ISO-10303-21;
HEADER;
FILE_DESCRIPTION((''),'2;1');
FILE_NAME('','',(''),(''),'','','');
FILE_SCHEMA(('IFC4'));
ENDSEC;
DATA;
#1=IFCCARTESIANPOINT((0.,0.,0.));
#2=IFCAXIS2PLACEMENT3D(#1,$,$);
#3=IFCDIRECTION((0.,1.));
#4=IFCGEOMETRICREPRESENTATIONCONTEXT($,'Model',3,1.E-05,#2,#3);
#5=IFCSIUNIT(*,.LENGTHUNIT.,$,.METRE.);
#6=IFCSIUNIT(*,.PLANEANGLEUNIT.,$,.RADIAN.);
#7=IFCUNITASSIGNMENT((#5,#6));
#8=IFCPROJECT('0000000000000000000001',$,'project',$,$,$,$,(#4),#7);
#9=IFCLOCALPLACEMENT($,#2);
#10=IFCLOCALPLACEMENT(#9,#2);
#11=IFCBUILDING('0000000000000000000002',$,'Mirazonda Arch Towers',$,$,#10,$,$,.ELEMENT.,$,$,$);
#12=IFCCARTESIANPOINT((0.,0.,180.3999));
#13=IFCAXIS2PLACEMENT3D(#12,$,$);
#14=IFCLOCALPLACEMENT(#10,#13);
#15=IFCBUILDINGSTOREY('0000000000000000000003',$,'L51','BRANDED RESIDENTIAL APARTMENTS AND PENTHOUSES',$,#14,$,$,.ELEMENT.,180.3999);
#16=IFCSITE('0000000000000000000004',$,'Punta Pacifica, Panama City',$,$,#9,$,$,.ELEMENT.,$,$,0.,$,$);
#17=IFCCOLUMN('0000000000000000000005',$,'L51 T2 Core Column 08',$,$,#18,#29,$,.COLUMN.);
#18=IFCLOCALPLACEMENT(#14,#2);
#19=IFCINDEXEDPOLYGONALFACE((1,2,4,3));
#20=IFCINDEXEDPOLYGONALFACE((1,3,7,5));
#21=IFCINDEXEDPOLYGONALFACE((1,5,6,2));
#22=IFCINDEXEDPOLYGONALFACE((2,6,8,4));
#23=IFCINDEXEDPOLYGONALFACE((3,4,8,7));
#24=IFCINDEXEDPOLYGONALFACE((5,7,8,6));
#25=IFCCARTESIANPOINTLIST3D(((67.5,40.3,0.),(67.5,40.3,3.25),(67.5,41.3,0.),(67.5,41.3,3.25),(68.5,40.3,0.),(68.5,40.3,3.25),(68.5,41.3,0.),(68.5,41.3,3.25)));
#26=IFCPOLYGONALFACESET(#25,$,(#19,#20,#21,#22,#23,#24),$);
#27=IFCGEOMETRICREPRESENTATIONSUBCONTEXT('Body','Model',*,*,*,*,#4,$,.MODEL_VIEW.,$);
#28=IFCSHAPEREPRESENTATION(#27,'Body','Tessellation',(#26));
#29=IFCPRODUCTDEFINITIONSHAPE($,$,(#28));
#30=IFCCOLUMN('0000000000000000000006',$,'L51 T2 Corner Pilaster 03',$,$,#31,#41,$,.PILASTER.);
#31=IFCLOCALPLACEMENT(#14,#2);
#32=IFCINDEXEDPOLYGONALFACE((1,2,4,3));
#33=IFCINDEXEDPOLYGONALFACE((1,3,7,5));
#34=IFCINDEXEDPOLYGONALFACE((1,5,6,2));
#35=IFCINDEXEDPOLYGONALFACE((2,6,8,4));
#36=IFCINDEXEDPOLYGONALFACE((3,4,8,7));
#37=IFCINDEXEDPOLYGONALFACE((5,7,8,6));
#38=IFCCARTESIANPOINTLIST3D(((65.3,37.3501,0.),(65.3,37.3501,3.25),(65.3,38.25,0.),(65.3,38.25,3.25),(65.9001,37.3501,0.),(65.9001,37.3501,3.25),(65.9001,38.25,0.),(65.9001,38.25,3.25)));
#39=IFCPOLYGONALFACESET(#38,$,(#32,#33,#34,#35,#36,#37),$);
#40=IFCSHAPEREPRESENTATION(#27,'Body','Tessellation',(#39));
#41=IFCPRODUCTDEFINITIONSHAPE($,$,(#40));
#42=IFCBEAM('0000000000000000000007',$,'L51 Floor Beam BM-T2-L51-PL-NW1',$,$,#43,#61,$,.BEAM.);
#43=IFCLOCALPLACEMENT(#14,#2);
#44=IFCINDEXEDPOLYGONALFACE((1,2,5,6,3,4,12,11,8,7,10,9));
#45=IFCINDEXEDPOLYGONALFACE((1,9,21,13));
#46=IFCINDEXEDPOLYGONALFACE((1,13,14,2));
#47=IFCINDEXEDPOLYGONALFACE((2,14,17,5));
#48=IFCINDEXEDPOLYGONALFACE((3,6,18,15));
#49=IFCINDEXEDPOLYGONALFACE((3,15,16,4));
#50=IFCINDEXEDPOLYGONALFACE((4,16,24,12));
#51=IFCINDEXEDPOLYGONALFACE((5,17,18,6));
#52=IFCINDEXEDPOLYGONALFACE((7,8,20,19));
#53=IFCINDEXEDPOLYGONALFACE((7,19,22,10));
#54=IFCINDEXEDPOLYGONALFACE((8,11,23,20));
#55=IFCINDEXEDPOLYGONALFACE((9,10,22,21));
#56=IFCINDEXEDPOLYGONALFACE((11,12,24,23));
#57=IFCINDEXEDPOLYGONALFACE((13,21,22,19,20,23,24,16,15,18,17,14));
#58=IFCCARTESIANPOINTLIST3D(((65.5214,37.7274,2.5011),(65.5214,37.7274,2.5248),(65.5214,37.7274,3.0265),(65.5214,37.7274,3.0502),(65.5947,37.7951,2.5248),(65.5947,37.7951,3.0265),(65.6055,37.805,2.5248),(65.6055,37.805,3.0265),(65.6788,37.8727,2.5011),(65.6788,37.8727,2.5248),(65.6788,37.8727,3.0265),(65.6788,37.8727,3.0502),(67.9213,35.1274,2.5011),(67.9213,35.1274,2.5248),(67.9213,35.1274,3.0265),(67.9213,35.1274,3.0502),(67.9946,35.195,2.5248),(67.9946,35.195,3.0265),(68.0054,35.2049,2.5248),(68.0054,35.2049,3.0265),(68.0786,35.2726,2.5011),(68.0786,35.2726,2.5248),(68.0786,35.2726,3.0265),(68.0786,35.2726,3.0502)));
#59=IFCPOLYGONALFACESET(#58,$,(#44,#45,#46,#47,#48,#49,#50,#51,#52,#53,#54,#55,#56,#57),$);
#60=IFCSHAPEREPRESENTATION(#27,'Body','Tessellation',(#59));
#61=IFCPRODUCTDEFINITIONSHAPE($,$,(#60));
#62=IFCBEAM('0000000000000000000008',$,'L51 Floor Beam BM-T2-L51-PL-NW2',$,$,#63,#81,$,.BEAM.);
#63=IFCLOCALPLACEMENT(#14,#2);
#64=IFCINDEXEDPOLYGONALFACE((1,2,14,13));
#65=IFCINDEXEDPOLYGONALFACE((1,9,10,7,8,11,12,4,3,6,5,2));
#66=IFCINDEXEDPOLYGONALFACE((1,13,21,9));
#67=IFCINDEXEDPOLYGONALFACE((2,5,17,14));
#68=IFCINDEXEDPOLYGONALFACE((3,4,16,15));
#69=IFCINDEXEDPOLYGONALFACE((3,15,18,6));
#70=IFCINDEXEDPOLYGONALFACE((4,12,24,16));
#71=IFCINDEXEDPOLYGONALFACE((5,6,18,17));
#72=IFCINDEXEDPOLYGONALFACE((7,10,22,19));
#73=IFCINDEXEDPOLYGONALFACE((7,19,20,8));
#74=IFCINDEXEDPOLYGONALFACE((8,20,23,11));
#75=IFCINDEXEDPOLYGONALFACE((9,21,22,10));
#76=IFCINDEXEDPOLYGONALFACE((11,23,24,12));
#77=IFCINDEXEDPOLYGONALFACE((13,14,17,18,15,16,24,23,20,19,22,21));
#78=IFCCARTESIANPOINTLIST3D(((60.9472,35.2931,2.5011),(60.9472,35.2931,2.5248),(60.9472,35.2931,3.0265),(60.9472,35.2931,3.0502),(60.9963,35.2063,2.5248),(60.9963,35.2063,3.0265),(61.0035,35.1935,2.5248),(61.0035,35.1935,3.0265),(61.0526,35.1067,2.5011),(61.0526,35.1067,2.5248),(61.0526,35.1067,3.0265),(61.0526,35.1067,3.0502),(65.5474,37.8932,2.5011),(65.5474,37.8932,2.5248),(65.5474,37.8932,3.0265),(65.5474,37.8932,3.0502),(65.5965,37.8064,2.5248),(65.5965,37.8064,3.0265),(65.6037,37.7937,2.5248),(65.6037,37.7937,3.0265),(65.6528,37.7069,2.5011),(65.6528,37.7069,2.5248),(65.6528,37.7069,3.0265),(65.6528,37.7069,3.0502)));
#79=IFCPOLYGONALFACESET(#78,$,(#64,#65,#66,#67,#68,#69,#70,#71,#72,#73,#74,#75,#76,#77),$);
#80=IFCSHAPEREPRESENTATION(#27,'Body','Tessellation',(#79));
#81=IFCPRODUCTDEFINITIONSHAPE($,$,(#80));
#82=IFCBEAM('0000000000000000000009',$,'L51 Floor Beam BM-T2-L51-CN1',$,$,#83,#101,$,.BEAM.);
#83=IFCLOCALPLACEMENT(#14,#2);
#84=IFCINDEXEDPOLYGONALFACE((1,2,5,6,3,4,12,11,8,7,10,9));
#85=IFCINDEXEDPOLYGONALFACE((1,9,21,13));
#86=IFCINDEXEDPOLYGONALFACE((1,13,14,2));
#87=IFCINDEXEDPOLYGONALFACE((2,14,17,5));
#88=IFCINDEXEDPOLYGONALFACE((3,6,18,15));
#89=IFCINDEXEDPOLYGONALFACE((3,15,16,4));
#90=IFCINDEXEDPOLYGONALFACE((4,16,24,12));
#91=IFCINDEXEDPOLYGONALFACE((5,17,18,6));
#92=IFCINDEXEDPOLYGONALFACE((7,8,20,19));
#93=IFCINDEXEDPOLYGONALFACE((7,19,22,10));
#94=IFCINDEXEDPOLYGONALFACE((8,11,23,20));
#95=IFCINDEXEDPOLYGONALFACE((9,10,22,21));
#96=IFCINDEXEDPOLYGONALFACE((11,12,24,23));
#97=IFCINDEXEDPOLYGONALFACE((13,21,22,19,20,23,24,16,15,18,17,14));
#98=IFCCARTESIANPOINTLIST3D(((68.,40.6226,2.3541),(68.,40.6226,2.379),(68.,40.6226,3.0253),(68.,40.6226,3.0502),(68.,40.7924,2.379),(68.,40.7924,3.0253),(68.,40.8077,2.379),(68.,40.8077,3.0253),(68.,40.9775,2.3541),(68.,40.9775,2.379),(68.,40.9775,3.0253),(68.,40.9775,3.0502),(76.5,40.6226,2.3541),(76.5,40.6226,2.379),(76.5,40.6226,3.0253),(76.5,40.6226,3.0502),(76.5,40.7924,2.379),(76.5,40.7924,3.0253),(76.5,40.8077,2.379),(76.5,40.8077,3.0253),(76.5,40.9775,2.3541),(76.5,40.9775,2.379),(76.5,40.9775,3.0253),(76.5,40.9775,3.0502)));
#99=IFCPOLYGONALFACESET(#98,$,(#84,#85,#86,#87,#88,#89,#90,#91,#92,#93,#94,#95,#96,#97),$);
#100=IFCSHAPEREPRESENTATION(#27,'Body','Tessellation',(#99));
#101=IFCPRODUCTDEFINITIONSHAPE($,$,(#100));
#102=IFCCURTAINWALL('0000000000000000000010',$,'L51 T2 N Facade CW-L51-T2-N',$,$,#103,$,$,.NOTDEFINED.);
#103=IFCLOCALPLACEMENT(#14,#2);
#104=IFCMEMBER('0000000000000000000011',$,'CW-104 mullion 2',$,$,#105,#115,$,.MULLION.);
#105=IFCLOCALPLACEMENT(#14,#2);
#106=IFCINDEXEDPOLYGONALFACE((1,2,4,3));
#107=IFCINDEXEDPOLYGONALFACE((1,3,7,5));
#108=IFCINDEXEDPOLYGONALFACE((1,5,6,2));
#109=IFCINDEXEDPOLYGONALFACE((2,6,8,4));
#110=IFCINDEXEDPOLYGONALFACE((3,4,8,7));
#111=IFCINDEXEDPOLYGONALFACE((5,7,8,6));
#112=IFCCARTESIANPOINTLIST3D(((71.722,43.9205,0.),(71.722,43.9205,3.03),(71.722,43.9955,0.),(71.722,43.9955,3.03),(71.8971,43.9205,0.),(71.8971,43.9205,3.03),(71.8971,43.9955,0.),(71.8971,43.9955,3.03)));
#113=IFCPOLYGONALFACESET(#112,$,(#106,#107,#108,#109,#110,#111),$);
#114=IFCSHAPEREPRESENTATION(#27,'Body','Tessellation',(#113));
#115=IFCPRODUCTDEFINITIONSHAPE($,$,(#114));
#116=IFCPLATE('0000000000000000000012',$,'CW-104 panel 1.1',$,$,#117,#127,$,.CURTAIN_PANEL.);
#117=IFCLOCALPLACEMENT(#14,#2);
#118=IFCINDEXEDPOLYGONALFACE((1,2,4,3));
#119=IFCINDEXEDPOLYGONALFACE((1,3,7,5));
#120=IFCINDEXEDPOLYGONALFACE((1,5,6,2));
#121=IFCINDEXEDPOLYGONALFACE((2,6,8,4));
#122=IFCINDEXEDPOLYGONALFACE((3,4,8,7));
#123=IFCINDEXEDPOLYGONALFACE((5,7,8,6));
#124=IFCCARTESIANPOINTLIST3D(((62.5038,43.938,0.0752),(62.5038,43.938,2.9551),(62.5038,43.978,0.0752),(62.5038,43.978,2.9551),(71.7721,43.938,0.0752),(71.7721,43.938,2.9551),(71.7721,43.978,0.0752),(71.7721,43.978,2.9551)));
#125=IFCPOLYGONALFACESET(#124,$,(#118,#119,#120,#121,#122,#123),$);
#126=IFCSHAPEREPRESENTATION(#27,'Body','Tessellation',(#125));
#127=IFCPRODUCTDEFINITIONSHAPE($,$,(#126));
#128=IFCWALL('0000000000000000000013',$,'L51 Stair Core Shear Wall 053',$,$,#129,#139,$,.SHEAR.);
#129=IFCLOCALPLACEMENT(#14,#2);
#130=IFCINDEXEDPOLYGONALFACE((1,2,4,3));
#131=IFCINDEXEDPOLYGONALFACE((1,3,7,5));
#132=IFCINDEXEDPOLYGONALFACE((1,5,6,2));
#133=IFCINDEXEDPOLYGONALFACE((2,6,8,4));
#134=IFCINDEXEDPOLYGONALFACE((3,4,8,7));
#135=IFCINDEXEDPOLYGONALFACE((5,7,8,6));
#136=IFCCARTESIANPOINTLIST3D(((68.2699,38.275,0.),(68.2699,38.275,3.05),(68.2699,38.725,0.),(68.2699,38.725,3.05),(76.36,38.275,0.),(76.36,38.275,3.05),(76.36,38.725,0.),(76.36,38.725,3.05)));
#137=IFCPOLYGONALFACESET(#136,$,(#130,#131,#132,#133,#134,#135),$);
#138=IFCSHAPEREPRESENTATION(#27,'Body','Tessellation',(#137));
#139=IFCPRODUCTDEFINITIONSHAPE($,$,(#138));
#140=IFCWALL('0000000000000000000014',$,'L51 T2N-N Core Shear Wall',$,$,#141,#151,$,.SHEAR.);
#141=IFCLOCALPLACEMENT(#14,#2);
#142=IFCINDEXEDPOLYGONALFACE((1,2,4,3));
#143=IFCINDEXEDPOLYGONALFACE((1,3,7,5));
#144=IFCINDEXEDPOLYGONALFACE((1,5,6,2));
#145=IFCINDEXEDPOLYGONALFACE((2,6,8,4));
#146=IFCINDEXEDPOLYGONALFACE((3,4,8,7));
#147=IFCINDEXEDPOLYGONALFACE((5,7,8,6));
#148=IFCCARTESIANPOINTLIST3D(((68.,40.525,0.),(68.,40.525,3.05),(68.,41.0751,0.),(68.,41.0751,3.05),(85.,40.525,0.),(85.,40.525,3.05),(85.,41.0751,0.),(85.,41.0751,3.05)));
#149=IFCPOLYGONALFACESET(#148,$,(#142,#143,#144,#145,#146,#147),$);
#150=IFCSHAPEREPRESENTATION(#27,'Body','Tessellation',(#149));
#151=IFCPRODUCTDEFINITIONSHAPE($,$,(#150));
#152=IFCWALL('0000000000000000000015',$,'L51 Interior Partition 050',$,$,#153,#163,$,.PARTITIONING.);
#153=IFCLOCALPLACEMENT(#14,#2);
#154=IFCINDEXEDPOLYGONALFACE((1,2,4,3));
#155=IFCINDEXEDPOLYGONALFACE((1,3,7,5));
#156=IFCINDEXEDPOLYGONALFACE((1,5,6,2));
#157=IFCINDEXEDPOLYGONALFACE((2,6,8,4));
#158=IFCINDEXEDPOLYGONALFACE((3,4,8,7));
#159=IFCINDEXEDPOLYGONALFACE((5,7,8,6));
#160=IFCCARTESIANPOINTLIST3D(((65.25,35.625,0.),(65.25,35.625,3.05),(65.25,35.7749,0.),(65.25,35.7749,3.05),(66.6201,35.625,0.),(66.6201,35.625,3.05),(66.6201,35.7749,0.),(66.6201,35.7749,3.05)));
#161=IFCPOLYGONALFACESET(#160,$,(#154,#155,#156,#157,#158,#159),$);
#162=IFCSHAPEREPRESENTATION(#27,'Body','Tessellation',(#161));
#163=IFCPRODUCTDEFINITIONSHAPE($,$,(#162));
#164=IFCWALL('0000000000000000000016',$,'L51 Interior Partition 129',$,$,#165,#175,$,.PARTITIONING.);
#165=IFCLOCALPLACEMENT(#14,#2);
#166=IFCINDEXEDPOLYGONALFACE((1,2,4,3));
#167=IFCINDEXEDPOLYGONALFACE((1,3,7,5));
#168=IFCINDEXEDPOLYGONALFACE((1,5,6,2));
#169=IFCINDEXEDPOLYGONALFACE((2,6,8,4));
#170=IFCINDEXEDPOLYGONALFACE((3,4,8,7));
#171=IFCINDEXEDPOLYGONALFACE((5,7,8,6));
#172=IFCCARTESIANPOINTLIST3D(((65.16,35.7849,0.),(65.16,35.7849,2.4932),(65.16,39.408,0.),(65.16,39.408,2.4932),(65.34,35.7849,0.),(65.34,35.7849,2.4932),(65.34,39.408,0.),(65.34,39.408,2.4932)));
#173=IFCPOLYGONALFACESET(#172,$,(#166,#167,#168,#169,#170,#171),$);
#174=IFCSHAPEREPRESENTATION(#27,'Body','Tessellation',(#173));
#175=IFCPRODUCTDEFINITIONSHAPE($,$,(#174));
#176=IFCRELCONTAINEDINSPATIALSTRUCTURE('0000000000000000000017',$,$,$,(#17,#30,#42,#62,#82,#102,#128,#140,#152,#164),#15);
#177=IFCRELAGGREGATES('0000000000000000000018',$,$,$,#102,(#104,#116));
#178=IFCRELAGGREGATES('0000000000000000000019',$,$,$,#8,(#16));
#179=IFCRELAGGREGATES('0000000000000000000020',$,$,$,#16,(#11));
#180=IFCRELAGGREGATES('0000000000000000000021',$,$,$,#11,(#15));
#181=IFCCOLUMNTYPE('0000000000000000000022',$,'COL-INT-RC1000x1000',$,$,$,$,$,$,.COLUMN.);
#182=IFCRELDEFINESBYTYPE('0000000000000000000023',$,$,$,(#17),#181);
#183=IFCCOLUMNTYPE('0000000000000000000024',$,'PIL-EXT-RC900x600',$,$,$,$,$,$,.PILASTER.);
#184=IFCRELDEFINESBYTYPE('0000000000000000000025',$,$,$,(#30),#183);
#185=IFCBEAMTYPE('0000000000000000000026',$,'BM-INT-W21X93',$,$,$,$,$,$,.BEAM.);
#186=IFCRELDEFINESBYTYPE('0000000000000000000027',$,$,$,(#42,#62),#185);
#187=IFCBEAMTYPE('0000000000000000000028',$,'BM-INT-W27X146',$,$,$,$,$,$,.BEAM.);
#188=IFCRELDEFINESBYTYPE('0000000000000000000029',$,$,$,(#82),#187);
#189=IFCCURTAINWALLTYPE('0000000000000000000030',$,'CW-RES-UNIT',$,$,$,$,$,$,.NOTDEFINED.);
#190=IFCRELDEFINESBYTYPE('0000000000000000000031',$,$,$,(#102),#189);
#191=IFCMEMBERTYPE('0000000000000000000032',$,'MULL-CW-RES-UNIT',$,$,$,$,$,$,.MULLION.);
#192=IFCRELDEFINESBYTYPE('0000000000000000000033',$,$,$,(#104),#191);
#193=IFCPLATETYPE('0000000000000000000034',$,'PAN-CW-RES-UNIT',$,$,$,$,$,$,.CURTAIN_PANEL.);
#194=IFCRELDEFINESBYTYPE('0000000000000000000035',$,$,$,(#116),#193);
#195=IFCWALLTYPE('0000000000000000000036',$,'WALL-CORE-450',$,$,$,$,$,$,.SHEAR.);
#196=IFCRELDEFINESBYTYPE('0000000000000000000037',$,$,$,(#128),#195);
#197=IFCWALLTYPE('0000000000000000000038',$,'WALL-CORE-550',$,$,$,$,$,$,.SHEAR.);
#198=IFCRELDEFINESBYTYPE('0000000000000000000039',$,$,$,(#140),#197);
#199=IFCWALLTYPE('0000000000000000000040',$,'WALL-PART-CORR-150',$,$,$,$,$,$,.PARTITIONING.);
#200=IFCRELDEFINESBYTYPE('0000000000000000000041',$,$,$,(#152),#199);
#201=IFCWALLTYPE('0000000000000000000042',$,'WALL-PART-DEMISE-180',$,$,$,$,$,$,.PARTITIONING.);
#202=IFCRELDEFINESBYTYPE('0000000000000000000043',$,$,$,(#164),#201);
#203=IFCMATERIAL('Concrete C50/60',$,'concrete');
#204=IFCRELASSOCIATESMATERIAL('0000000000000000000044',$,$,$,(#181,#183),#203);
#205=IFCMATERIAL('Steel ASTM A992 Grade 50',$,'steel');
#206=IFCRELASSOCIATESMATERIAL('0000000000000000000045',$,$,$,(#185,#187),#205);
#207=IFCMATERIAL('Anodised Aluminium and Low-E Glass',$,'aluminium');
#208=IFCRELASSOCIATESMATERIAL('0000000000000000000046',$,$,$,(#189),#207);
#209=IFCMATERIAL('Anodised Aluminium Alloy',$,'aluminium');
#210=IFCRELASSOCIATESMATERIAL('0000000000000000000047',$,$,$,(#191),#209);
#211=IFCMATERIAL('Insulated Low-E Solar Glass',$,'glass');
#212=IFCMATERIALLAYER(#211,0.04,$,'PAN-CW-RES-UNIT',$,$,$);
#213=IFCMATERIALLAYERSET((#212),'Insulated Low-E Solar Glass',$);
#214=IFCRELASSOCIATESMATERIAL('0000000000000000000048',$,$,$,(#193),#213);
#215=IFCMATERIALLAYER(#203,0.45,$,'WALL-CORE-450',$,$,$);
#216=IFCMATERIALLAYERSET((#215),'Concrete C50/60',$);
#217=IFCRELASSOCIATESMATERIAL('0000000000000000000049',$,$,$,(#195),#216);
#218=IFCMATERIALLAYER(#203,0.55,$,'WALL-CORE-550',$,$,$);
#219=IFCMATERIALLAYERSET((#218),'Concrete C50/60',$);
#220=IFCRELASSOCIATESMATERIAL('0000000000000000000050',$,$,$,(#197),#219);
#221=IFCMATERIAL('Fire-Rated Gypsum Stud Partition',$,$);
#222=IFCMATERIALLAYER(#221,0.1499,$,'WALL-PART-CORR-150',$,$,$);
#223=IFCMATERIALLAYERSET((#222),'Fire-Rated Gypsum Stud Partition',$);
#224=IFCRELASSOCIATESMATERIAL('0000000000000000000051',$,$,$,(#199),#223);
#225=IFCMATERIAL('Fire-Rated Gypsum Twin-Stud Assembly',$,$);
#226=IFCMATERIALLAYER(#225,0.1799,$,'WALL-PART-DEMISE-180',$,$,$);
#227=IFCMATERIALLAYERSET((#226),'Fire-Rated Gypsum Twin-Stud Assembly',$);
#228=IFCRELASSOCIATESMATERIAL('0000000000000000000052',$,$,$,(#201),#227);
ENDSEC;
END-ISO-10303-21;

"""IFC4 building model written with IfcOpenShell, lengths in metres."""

from ifc_helpers import new_model, si_unit, direction, frame, frame_2d, origin, origin_2d, place, context, subcontext, project, spatial, rectangle, i_section, extrude, material, layer, layer_set, material_profile, profile_set, type_object, element, aggregate, save


model = new_model("IFC4")

# Units and contexts
model_context = context("Model", 3, precision=1e-05, world=origin(), true_north=direction((0.0, 1.0)))
body_context = subcontext(model_context, "Body", "Model", "MODEL_VIEW")
ifc_project = project(units=[si_unit("LENGTHUNIT", "METRE"), si_unit("PLANEANGLEUNIT", "RADIAN")], contexts=[model_context])

# Site, building, storey
site_placement = place(None, origin())
site = spatial("IfcSite", under=ifc_project, at=site_placement, Name="Punta Pacifica, Panama City", CompositionType="ELEMENT", RefElevation=0.0)
building_placement = place(site_placement, origin())
building = spatial("IfcBuilding", under=site, at=building_placement, Name="Mirazonda Arch Towers", CompositionType="ELEMENT")
storey_placement = place(building_placement, frame((0.0, 0.0, 180.3999)))
storey = spatial("IfcBuildingStorey", under=building, at=storey_placement, Name="L51", Description="BRANDED RESIDENTIAL APARTMENTS AND PENTHOUSES", CompositionType="ELEMENT", Elevation=180.3999)

# Columns
ifc_material_1 = material(Name="Concrete C50/60", Category="concrete")
ifc_material_profile_1 = material_profile(ifc_material_1, rectangle(XDim=1.0, YDim=1.0, at=origin_2d()), Name="RC1000x1000")
ifc_profile_set_1 = profile_set([ifc_material_profile_1], Name="Concrete C50/60")
column_type_1 = type_object("IfcColumnType", Name="COL-INT-RC1000x1000", PredefinedType="COLUMN", material=ifc_profile_set_1)
column_1_placement = place(storey_placement, frame((68.0, 40.8, 0.0), z_axis=(0.0, 0.0, 1.0), x_axis=(1.0, 0.0, 0.0)))
element("IfcColumn", 1, at=column_1_placement, inside=storey, type_object=column_type_1, Name="L51 T2 Core Column 08", PredefinedType="COLUMN", context=body_context, shape_type="SweptSolid", body=[
    extrude(rectangle(XDim=1.0, YDim=1.0, at=origin_2d()), origin(), (0.0, 0.0, 1.0), 3.25),
])
ifc_material_profile_2 = material_profile(ifc_material_1, rectangle(XDim=0.6001, YDim=0.8999, at=origin_2d()), Name="RC900x600")
ifc_profile_set_2 = profile_set([ifc_material_profile_2], Name="Concrete C50/60")
column_type_2 = type_object("IfcColumnType", Name="PIL-EXT-RC900x600", PredefinedType="PILASTER", material=ifc_profile_set_2)
column_2_placement = place(storey_placement, frame((65.6001, 37.8, 0.0), z_axis=(0.0, 0.0, 1.0), x_axis=(1.0, 0.0, 0.0)))
element("IfcColumn", 2, at=column_2_placement, inside=storey, type_object=column_type_2, Name="L51 T2 Corner Pilaster 03", PredefinedType="PILASTER", context=body_context, shape_type="SweptSolid", body=[
    extrude(rectangle(XDim=0.6001, YDim=0.8999, at=origin_2d()), origin(), (0.0, 0.0, 1.0), 3.25),
])

# Beams
ifc_material_2 = material(Name="Steel ASTM A992 Grade 50", Category="steel")
ifc_material_profile_3 = material_profile(ifc_material_2, i_section(OverallWidth=0.2141, OverallDepth=0.5491, WebThickness=0.0146, FlangeThickness=0.0237, at=origin_2d()), Name="W21X93")
ifc_profile_set_3 = profile_set([ifc_material_profile_3], Name="Steel ASTM A992 Grade 50")
beam_type_1 = type_object("IfcBeamType", Name="BM-INT-W21X93", PredefinedType="BEAM", material=ifc_profile_set_3)
beam_1_placement = place(storey_placement, frame((65.6001, 37.8, 2.7756), z_axis=(0.678251, -0.73483, 0.0), x_axis=(0.73483, 0.678251, 0.0)))
element("IfcBeam", 3, at=beam_1_placement, inside=storey, type_object=beam_type_1, Name="L51 Floor Beam BM-T2-L51-PL-NW1", PredefinedType="BEAM", context=body_context, shape_type="SweptSolid", body=[
    extrude(i_section(OverallWidth=0.2141, OverallDepth=0.5491, WebThickness=0.0146, FlangeThickness=0.0237, at=origin_2d()), origin(), (0.0, 0.0, 1.0), 3.5383),
])
beam_2_placement = place(storey_placement, frame((65.6001, 37.8, 2.7756), z_axis=(-0.870559, -0.492063, 0.0), x_axis=(0.492063, -0.870559, 0.0)))
element("IfcBeam", 4, at=beam_2_placement, inside=storey, type_object=beam_type_1, Name="L51 Floor Beam BM-T2-L51-PL-NW2", PredefinedType="BEAM", context=body_context, shape_type="SweptSolid", body=[
    extrude(i_section(OverallWidth=0.2141, OverallDepth=0.5491, WebThickness=0.0146, FlangeThickness=0.0237, at=origin_2d()), origin(), (0.0, 0.0, 1.0), 5.2842),
])
ifc_material_profile_4 = material_profile(ifc_material_2, i_section(OverallWidth=0.355, OverallDepth=0.696, WebThickness=0.0154, FlangeThickness=0.0249, at=origin_2d()), Name="W27X146")
ifc_profile_set_4 = profile_set([ifc_material_profile_4], Name="Steel ASTM A992 Grade 50")
beam_type_2 = type_object("IfcBeamType", Name="BM-INT-W27X146", PredefinedType="BEAM", material=ifc_profile_set_4)
beam_3_placement = place(storey_placement, frame((68.0, 40.8, 2.7021), z_axis=(1.0, 0.0, 0.0), x_axis=(0.0, 1.0, 0.0)))
element("IfcBeam", 5, at=beam_3_placement, inside=storey, type_object=beam_type_2, Name="L51 Floor Beam BM-T2-L51-CN1", PredefinedType="BEAM", context=body_context, shape_type="SweptSolid", body=[
    extrude(i_section(OverallWidth=0.355, OverallDepth=0.696, WebThickness=0.0154, FlangeThickness=0.0249, at=origin_2d()), origin(), (0.0, 0.0, 1.0), 8.5),
])

# Curtain wall, member, plate
ifc_material_3 = material(Name="Anodised Aluminium and Low-E Glass", Category="aluminium")
curtain_wall_type = type_object("IfcCurtainWallType", Name="CW-RES-UNIT", PredefinedType="NOTDEFINED", material=ifc_material_3)
curtain_wall_placement = place(storey_placement, origin())
curtain_wall = element("IfcCurtainWall", 6, at=curtain_wall_placement, inside=storey, type_object=curtain_wall_type, Name="L51 T2 N Facade CW-L51-T2-N", PredefinedType="NOTDEFINED")
ifc_material_4 = material(Name="Anodised Aluminium Alloy", Category="aluminium")
ifc_material_profile_5 = material_profile(ifc_material_4, rectangle(XDim=0.075, YDim=0.175, at=origin_2d()), Name="ALU-MULL-75x175")
ifc_profile_set_5 = profile_set([ifc_material_profile_5], Name="Anodised Aluminium Alloy")
member_type = type_object("IfcMemberType", Name="MULL-CW-RES-UNIT", PredefinedType="MULLION", material=ifc_profile_set_5)
member_placement = place(storey_placement, frame((71.8096, 43.958, 0.0), z_axis=(0.0, 0.0, 1.0), x_axis=(0.0, 1.0, 0.0)))
member = element("IfcMember", 7, at=member_placement, type_object=member_type, Name="CW-104 mullion 2", PredefinedType="MULLION", context=body_context, shape_type="SweptSolid", body=[
    extrude(rectangle(XDim=0.075, YDim=0.175, at=origin_2d()), origin(), (0.0, 0.0, 1.0), 3.03),
])
ifc_material_5 = material(Name="Insulated Low-E Solar Glass", Category="glass")
ifc_layer_1 = layer(ifc_material_5, 0.04, Name="PAN-CW-RES-UNIT")
ifc_layer_set_1 = layer_set([ifc_layer_1], Name="Insulated Low-E Solar Glass")
plate_type = type_object("IfcPlateType", Name="PAN-CW-RES-UNIT", PredefinedType="CURTAIN_PANEL", material=ifc_layer_set_1)
plate_placement = place(storey_placement, frame((67.1379, 43.958, 0.0752), z_axis=(0.0, 0.0, 1.0), x_axis=(1.0, 0.0, 0.0)))
plate = element("IfcPlate", 8, at=plate_placement, type_object=plate_type, Name="CW-104 panel 1.1", PredefinedType="CURTAIN_PANEL", context=body_context, shape_type="SweptSolid", body=[
    extrude(rectangle(XDim=9.2683, YDim=0.04, at=origin_2d()), origin(), (0.0, 0.0, 1.0), 2.8799),
])
aggregate(curtain_wall, [member, plate])

# Walls
ifc_layer_2 = layer(ifc_material_1, 0.45, Name="WALL-CORE-450")
ifc_layer_set_2 = layer_set([ifc_layer_2], Name="Concrete C50/60")
wall_type_1 = type_object("IfcWallType", Name="WALL-CORE-450", PredefinedType="SHEAR", material=ifc_layer_set_2)
wall_1_placement = place(storey_placement, frame((68.27, 38.5, 0.0), z_axis=(0.0, 0.0, 1.0), x_axis=(1.0, 0.0, 0.0)))
element("IfcWall", 9, at=wall_1_placement, inside=storey, type_object=wall_type_1, Name="L51 Stair Core Shear Wall 053", PredefinedType="SHEAR", context=body_context, shape_type="SweptSolid", body=[
    extrude(rectangle(XDim=8.0901, YDim=0.45, at=frame_2d((4.0449, 0.0))), origin(), (0.0, 0.0, 1.0), 3.05),
])
ifc_layer_3 = layer(ifc_material_1, 0.55, Name="WALL-CORE-550")
ifc_layer_set_3 = layer_set([ifc_layer_3], Name="Concrete C50/60")
wall_type_2 = type_object("IfcWallType", Name="WALL-CORE-550", PredefinedType="SHEAR", material=ifc_layer_set_3)
wall_2_placement = place(storey_placement, frame((68.0, 40.8, 0.0), z_axis=(0.0, 0.0, 1.0), x_axis=(1.0, 0.0, 0.0)))
element("IfcWall", 10, at=wall_2_placement, inside=storey, type_object=wall_type_2, Name="L51 T2N-N Core Shear Wall", PredefinedType="SHEAR", context=body_context, shape_type="SweptSolid", body=[
    extrude(rectangle(XDim=17.0, YDim=0.55, at=frame_2d((8.5, 0.0))), origin(), (0.0, 0.0, 1.0), 3.05),
])
ifc_material_6 = material(Name="Fire-Rated Gypsum Stud Partition")
ifc_layer_4 = layer(ifc_material_6, 0.1499, Name="WALL-PART-CORR-150")
ifc_layer_set_4 = layer_set([ifc_layer_4], Name="Fire-Rated Gypsum Stud Partition")
wall_type_3 = type_object("IfcWallType", Name="WALL-PART-CORR-150", PredefinedType="PARTITIONING", material=ifc_layer_set_4)
wall_3_placement = place(storey_placement, frame((65.25, 35.7, 0.0), z_axis=(0.0, 0.0, 1.0), x_axis=(1.0, 0.0, 0.0)))
element("IfcWall", 11, at=wall_3_placement, inside=storey, type_object=wall_type_3, Name="L51 Interior Partition 050", PredefinedType="PARTITIONING", context=body_context, shape_type="SweptSolid", body=[
    extrude(rectangle(XDim=1.3701, YDim=0.1499, at=frame_2d((0.6851, 0.0))), origin(), (0.0, 0.0, 1.0), 3.05),
])
ifc_material_7 = material(Name="Fire-Rated Gypsum Twin-Stud Assembly")
ifc_layer_5 = layer(ifc_material_7, 0.1799, Name="WALL-PART-DEMISE-180")
ifc_layer_set_5 = layer_set([ifc_layer_5], Name="Fire-Rated Gypsum Twin-Stud Assembly")
wall_type_4 = type_object("IfcWallType", Name="WALL-PART-DEMISE-180", PredefinedType="PARTITIONING", material=ifc_layer_set_5)
wall_4_placement = place(storey_placement, frame((65.25, 35.7849, 0.0), z_axis=(0.0, 0.0, 1.0), x_axis=(0.0, 1.0, 0.0)))
element("IfcWall", 12, at=wall_4_placement, inside=storey, type_object=wall_type_4, Name="L51 Interior Partition 129", PredefinedType="PARTITIONING", context=body_context, shape_type="SweptSolid", body=[
    extrude(rectangle(XDim=3.623, YDim=0.1799, at=frame_2d((1.8115, 0.0))), origin(), (0.0, 0.0, 1.0), 2.4932),
])

save(model, "model.ifc")
